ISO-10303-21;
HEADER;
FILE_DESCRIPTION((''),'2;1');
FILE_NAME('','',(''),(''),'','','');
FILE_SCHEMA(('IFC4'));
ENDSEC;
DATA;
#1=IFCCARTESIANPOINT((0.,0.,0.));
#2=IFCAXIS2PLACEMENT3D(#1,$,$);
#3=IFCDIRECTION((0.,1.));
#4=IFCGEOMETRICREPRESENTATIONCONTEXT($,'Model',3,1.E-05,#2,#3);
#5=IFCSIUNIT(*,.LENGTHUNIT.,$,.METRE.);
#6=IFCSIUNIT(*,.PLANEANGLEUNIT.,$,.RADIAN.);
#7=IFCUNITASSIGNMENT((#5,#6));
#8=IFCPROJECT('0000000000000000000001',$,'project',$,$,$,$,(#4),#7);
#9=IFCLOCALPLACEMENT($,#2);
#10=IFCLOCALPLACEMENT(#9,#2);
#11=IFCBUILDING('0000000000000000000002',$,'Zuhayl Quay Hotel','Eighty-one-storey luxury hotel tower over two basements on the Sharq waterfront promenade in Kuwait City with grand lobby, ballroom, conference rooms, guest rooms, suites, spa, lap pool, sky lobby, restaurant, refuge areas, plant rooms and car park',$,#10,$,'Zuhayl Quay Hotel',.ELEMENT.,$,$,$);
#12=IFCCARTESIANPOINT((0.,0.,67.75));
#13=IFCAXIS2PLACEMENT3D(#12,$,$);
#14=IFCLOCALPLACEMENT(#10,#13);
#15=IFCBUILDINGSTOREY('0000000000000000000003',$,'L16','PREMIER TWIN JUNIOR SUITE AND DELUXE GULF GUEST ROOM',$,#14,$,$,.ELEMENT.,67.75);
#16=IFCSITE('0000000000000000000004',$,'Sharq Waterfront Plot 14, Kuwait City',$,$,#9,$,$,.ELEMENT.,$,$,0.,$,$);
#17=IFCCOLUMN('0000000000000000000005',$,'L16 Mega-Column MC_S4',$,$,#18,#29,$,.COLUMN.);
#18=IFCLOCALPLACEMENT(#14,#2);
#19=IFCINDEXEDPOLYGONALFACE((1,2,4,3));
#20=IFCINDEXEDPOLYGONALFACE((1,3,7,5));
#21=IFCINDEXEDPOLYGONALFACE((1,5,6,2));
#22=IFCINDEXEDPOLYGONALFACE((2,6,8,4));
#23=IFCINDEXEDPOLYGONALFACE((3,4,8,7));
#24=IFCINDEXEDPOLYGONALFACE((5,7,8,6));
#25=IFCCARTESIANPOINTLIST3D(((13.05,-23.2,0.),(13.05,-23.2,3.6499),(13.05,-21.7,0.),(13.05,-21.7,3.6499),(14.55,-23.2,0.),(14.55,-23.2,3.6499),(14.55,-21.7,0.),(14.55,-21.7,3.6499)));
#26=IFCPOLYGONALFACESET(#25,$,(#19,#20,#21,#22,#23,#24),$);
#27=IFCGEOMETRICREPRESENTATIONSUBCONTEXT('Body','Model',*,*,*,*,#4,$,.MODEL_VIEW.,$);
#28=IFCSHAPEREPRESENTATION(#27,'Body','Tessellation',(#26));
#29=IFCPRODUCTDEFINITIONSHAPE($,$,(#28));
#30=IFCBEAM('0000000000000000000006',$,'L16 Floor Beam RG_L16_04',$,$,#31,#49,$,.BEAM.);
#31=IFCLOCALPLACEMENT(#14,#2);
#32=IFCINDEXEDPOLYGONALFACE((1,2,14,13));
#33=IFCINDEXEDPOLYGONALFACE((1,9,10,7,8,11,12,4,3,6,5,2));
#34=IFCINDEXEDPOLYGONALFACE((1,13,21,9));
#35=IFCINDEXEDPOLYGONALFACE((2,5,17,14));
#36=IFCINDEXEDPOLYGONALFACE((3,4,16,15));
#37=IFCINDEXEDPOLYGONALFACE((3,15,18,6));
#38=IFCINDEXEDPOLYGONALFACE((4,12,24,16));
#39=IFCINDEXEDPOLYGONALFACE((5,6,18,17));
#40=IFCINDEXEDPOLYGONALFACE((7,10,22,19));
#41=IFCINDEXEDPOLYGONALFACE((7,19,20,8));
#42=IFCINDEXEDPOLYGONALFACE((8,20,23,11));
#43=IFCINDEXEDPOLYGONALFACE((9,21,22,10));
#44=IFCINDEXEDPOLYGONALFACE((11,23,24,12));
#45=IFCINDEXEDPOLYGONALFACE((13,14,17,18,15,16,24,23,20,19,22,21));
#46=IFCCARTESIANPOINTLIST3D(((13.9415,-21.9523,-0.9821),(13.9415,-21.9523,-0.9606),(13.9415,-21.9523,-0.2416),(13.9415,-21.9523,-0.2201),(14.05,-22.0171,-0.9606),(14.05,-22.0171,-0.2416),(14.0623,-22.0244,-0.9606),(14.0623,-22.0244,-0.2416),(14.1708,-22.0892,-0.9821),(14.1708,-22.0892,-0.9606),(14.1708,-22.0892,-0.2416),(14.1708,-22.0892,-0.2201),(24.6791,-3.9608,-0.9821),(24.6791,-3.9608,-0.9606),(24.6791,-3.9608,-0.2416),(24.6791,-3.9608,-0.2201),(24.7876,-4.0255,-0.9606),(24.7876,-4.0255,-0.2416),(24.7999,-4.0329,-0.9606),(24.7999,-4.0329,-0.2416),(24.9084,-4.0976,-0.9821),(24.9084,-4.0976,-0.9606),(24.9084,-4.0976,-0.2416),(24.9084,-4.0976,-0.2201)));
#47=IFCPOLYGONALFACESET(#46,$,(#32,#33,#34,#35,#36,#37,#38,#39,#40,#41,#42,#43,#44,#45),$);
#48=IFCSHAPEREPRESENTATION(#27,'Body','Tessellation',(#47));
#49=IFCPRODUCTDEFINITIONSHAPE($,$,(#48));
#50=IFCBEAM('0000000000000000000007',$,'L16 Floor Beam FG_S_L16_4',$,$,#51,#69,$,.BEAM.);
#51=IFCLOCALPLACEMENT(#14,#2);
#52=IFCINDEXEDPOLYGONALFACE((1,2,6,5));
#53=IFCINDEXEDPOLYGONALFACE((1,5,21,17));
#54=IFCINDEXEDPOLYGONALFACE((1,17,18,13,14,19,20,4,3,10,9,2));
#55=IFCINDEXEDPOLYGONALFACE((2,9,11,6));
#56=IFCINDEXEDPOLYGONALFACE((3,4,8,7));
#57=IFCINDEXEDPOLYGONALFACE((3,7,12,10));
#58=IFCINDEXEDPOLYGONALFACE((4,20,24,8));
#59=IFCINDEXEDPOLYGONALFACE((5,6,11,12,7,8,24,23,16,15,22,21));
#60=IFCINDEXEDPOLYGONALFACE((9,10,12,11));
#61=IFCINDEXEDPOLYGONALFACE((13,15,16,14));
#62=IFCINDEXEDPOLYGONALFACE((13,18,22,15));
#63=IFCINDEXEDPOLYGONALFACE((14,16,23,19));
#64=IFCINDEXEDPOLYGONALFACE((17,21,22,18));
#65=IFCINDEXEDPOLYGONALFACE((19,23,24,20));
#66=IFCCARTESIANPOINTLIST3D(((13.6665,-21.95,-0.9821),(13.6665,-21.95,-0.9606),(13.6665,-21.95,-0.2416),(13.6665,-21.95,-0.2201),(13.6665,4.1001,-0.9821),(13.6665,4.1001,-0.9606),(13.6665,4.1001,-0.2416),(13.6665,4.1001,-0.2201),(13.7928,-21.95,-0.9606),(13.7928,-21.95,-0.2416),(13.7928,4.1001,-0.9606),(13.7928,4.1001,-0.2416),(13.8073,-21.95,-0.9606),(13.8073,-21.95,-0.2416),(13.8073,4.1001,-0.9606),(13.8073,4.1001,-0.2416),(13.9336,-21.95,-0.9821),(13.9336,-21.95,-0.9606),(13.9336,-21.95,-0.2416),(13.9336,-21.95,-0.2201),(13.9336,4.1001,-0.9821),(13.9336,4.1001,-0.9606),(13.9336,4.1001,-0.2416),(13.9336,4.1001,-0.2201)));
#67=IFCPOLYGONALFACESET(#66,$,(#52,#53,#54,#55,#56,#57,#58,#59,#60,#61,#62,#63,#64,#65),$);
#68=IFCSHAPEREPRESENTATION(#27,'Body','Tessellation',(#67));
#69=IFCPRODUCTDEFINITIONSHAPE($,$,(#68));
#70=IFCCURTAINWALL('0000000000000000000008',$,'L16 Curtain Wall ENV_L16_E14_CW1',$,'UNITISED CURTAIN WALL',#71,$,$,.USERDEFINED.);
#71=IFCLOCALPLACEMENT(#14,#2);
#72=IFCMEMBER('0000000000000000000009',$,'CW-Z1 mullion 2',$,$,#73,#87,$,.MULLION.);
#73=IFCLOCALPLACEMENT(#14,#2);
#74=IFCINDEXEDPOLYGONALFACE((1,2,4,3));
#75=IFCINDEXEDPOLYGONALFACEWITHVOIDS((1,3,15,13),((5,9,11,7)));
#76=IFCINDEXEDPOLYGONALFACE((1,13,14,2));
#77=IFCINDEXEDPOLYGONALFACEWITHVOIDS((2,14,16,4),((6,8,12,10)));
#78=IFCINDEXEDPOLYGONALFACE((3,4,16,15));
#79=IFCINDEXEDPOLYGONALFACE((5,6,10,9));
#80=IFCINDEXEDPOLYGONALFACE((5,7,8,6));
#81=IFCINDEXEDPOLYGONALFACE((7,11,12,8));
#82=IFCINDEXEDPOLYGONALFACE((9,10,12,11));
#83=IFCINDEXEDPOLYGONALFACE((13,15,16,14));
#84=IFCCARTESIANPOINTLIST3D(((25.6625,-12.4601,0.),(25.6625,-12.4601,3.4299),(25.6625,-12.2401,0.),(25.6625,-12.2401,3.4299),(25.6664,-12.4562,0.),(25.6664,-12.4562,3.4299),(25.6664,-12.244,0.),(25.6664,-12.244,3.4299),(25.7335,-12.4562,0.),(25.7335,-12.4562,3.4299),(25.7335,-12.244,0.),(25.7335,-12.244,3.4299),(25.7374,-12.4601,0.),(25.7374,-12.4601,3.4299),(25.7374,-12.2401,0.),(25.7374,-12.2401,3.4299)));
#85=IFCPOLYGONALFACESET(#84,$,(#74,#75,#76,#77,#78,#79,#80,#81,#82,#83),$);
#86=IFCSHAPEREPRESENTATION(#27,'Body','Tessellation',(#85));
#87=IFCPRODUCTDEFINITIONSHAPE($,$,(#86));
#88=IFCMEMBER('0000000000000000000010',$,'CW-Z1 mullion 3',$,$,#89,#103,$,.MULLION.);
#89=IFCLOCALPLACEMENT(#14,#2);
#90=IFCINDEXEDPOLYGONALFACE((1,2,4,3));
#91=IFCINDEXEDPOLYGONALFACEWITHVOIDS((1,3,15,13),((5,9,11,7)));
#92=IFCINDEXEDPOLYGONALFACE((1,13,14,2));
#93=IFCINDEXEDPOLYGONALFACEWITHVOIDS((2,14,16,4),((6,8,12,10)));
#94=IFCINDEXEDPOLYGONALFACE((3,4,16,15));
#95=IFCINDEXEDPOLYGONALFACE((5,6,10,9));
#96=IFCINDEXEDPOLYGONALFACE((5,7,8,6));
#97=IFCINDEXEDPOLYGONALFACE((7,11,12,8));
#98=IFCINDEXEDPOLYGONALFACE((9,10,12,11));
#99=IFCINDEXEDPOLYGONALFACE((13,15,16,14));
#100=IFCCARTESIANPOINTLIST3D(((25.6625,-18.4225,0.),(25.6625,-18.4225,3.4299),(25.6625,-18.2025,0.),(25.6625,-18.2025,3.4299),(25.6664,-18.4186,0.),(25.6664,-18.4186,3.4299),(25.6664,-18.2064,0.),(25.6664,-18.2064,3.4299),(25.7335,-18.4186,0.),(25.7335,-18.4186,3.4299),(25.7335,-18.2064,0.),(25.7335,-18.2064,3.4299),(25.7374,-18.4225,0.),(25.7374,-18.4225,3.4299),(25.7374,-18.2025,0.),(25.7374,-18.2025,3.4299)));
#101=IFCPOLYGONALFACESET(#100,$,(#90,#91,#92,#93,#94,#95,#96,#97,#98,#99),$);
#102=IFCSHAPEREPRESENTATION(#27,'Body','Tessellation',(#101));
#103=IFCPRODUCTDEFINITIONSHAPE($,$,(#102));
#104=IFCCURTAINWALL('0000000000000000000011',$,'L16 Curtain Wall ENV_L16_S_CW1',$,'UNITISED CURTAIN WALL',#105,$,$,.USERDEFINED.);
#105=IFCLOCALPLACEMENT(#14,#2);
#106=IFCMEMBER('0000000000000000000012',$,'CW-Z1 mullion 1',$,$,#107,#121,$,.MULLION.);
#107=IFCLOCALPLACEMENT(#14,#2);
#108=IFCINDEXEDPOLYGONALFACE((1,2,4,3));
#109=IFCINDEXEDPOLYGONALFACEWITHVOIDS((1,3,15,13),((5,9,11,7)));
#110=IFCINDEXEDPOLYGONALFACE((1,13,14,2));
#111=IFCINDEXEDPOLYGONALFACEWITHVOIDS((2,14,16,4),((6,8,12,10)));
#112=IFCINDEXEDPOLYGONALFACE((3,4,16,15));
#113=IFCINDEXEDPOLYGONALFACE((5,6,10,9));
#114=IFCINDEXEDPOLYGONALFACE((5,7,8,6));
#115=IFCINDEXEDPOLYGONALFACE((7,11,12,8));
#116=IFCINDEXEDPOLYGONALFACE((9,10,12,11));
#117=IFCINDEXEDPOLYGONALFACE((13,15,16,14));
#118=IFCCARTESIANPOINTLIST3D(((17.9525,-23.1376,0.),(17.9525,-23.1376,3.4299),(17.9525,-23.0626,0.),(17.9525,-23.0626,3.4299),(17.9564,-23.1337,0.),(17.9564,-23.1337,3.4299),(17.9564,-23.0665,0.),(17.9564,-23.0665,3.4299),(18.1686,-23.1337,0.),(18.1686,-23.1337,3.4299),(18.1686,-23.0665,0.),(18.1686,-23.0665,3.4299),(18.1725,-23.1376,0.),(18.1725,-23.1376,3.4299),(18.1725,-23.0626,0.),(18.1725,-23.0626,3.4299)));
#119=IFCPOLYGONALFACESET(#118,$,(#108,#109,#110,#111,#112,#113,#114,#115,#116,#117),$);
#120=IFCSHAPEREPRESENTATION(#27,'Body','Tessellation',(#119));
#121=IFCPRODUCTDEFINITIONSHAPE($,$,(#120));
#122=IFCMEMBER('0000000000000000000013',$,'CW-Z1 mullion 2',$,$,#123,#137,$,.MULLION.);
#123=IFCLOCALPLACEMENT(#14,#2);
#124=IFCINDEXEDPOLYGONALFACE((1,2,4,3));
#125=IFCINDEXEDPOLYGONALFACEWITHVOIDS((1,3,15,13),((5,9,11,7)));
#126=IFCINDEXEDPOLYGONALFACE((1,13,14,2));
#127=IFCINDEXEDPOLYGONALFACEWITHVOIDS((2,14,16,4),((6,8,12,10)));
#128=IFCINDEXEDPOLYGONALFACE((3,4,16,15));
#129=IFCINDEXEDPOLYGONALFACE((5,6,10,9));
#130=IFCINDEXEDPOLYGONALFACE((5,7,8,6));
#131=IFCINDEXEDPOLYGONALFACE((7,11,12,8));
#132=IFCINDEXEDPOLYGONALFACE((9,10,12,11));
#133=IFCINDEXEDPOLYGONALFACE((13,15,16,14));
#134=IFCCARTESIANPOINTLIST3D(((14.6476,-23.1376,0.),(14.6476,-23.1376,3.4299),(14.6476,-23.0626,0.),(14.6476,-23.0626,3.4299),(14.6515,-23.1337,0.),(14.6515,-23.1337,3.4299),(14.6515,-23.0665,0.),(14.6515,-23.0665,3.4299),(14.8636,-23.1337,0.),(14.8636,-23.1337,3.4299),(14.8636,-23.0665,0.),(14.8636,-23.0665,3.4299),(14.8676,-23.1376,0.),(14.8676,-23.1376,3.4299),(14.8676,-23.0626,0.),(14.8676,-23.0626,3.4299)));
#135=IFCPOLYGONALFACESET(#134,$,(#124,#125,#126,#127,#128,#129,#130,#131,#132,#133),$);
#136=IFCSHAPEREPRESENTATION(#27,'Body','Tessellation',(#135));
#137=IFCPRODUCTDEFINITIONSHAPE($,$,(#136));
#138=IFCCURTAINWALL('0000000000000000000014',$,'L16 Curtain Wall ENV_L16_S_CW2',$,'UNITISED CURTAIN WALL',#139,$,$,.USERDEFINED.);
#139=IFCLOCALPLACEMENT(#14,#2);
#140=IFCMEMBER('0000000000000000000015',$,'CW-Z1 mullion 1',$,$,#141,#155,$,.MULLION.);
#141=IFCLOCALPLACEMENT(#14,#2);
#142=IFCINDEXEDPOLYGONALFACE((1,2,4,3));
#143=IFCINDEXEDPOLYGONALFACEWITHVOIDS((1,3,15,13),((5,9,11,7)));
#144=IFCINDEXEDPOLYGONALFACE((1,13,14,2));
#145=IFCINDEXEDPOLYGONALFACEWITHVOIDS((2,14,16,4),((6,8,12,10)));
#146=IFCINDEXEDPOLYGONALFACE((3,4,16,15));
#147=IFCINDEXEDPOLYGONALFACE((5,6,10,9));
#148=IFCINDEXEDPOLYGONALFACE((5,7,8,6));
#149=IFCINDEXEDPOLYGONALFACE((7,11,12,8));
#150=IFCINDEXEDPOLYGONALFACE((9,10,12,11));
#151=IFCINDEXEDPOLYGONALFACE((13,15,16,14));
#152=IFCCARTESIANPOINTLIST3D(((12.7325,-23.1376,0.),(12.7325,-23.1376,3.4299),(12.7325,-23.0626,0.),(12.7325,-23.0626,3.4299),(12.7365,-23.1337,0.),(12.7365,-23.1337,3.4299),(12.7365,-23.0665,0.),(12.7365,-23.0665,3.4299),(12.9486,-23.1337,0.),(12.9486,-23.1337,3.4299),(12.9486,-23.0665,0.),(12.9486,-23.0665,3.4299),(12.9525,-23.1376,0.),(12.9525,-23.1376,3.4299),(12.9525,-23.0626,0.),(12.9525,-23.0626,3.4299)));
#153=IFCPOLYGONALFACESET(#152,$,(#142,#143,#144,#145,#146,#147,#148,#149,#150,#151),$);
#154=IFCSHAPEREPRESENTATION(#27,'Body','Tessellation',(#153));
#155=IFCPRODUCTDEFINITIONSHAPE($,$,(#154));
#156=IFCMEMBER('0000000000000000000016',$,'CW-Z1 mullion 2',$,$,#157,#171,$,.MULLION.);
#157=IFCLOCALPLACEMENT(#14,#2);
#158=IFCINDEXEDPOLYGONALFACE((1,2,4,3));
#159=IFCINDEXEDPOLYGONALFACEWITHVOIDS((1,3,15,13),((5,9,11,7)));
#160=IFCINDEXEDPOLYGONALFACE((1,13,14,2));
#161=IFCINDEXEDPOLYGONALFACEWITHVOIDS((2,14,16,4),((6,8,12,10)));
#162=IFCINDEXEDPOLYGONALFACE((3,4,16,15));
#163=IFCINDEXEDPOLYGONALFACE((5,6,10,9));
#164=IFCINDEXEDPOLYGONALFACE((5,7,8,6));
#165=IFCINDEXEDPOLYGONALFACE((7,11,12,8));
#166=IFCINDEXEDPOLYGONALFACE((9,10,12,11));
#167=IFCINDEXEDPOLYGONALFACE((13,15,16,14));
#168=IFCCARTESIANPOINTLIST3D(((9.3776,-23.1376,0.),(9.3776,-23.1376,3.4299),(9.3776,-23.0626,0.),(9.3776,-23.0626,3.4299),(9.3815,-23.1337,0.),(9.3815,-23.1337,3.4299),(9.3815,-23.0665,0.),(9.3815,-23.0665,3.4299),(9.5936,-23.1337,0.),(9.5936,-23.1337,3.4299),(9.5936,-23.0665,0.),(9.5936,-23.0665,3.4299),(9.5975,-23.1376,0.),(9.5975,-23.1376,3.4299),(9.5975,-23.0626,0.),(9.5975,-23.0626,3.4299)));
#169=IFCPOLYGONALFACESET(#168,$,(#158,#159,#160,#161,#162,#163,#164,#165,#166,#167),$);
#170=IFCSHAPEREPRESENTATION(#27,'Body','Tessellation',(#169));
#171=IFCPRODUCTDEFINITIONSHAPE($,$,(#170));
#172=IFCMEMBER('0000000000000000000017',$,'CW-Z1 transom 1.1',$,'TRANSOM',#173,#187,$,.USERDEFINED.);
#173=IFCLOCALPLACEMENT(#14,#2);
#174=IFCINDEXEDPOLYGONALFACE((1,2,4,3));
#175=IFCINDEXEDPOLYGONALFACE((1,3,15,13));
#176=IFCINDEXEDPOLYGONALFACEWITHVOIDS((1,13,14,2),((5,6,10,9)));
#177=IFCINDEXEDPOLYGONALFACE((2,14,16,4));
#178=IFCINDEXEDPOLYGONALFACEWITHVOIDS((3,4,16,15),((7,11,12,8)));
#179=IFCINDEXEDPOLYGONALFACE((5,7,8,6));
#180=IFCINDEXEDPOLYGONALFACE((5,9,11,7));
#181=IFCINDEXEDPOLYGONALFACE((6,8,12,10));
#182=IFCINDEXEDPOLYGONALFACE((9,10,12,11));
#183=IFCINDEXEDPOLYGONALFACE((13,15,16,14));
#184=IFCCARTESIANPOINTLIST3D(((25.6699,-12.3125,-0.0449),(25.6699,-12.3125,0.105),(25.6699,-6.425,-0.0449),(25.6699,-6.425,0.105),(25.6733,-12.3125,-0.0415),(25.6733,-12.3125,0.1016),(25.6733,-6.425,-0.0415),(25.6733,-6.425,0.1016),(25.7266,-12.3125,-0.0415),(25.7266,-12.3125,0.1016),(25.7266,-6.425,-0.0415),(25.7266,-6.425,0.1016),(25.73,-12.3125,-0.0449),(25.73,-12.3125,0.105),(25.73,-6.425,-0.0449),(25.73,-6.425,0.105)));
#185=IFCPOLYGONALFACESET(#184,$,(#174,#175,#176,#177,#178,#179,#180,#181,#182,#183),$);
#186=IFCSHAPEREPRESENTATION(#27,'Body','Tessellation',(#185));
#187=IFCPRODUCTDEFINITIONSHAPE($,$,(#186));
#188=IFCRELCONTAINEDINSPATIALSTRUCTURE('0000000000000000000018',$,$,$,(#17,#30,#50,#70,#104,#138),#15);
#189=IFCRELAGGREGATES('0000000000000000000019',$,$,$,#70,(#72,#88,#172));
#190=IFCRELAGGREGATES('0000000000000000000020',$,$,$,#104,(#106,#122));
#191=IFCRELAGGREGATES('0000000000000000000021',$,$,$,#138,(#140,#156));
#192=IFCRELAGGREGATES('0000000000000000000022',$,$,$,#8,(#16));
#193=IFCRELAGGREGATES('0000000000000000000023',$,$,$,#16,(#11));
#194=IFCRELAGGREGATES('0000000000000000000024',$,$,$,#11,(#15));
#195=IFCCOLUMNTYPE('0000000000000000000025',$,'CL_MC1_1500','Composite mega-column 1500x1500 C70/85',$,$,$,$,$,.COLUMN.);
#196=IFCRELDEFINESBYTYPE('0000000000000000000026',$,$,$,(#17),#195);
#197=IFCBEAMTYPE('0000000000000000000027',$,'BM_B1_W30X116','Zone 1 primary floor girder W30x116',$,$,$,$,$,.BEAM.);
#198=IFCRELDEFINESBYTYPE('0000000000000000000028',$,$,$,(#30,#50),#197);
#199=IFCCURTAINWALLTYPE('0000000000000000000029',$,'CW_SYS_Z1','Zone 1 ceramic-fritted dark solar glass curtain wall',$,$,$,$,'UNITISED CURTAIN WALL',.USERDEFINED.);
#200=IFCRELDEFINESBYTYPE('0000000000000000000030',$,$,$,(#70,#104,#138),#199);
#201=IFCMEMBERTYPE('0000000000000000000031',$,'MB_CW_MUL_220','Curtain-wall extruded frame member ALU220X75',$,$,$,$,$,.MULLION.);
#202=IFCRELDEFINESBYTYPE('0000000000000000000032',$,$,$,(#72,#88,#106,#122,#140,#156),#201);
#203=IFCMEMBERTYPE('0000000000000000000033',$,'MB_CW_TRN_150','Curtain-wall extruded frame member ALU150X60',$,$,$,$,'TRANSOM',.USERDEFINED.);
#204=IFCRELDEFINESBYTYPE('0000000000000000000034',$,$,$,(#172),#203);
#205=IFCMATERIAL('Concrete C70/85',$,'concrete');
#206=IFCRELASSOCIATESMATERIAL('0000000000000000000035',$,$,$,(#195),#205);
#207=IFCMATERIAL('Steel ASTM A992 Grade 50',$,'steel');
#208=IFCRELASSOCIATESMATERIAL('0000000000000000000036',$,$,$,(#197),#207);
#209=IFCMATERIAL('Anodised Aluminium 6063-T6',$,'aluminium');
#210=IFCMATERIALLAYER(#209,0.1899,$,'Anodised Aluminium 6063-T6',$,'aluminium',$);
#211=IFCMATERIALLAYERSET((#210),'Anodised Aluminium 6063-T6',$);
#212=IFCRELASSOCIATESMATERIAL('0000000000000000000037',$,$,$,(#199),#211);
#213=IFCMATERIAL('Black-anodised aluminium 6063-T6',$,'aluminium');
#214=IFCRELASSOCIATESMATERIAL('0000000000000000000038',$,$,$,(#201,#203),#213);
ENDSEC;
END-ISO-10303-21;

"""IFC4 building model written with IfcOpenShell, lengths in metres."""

from ifc_helpers import new_model, si_unit, direction, frame, origin, origin_2d, place, context, subcontext, project, spatial, rectangle, hollow_rectangle, i_section, extrude, material, layer, layer_set, material_profile, profile_set, type_object, element, aggregate, save


model = new_model("IFC4")

# Units and contexts
model_context = context("Model", 3, precision=1e-05, world=origin(), true_north=direction((0.0, 1.0)))
body_context = subcontext(model_context, "Body", "Model", "MODEL_VIEW")
ifc_project = project(units=[si_unit("LENGTHUNIT", "METRE"), si_unit("PLANEANGLEUNIT", "RADIAN")], contexts=[model_context])

# Site, building, storey
site_placement = place(None, origin())
site = spatial("IfcSite", under=ifc_project, at=site_placement, Name="Sharq Waterfront Plot 14, Kuwait City", CompositionType="ELEMENT", RefElevation=0.0)
building_placement = place(site_placement, origin())
building = spatial("IfcBuilding", under=site, at=building_placement, Name="Zuhayl Quay Hotel", Description="Eighty-one-storey luxury hotel tower over two basements on the Sharq waterfront promenade in Kuwait City with grand lobby, ballroom, conference rooms, guest rooms, suites, spa, lap pool, sky lobby, restaurant, refuge areas, plant rooms and car park", LongName="Zuhayl Quay Hotel", CompositionType="ELEMENT")
storey_placement = place(building_placement, frame((0.0, 0.0, 67.75)))
storey = spatial("IfcBuildingStorey", under=building, at=storey_placement, Name="L16", Description="PREMIER TWIN JUNIOR SUITE AND DELUXE GULF GUEST ROOM", CompositionType="ELEMENT", Elevation=67.75)

# Column
ifc_material_1 = material(Name="Concrete C70/85", Category="concrete")
ifc_material_profile_1 = material_profile(ifc_material_1, rectangle(XDim=1.5, YDim=1.5, at=origin_2d()), Name="RC1500X1500")
ifc_profile_set_1 = profile_set([ifc_material_profile_1], Name="Concrete C70/85")
column_type = type_object("IfcColumnType", Name="CL_MC1_1500", Description="Composite mega-column 1500x1500 C70/85", PredefinedType="COLUMN", material=ifc_profile_set_1)
column_placement = place(storey_placement, frame((13.8, -22.45, 0.0), z_axis=(0.0, 0.0, 1.0), x_axis=(1.0, 0.0, 0.0)))
element("IfcColumn", 1, at=column_placement, inside=storey, type_object=column_type, Name="L16 Mega-Column MC_S4", PredefinedType="COLUMN", context=body_context, shape_type="SweptSolid", body=[
    extrude(rectangle(XDim=1.5, YDim=1.5, at=origin_2d()), origin(), (0.0, 0.0, 1.0), 3.6499),
])

# Beams
ifc_material_2 = material(Name="Steel ASTM A992 Grade 50", Category="steel")
ifc_material_profile_2 = material_profile(ifc_material_2, i_section(OverallWidth=0.2671, OverallDepth=0.762, WebThickness=0.0144, FlangeThickness=0.0215, at=origin_2d()), Name="W30X116")
ifc_profile_set_2 = profile_set([ifc_material_profile_2], Name="Steel ASTM A992 Grade 50")
beam_type = type_object("IfcBeamType", Name="BM_B1_W30X116", Description="Zone 1 primary floor girder W30x116", PredefinedType="BEAM", material=ifc_profile_set_2)
beam_1_placement = place(storey_placement, frame((14.0562, -22.0208, -0.6011), z_axis=(0.512483, 0.858698, 0.0), x_axis=(-0.858698, 0.512483, 0.0)))
element("IfcBeam", 2, at=beam_1_placement, inside=storey, type_object=beam_type, Name="L16 Floor Beam RG_L16_04", PredefinedType="BEAM", context=body_context, shape_type="SweptSolid", body=[
    extrude(i_section(OverallWidth=0.2671, OverallDepth=0.762, WebThickness=0.0144, FlangeThickness=0.0215, at=origin_2d()), origin(), (0.0, 0.0, 1.0), 20.9521),
])
beam_2_placement = place(storey_placement, frame((13.8, -21.95, -0.6011), z_axis=(0.0, 1.0, 0.0), x_axis=(-1.0, 0.0, 0.0)))
element("IfcBeam", 3, at=beam_2_placement, inside=storey, type_object=beam_type, Name="L16 Floor Beam FG_S_L16_4", PredefinedType="BEAM", context=body_context, shape_type="SweptSolid", body=[
    extrude(i_section(OverallWidth=0.2671, OverallDepth=0.762, WebThickness=0.0144, FlangeThickness=0.0215, at=origin_2d()), origin(), (0.0, 0.0, 1.0), 26.05),
])

# Curtain walls, members
ifc_material_3 = material(Name="Anodised Aluminium 6063-T6", Category="aluminium")
ifc_layer_1 = layer(ifc_material_3, 0.1899, Name="Anodised Aluminium 6063-T6", Category="aluminium")
ifc_layer_set_1 = layer_set([ifc_layer_1], Name="Anodised Aluminium 6063-T6")
curtain_wall_type = type_object("IfcCurtainWallType", Name="CW_SYS_Z1", Description="Zone 1 ceramic-fritted dark solar glass curtain wall", ElementType="UNITISED CURTAIN WALL", PredefinedType="USERDEFINED", material=ifc_layer_set_1)
curtain_wall_1_placement = place(storey_placement, origin())
curtain_wall_1 = element("IfcCurtainWall", 4, at=curtain_wall_1_placement, inside=storey, type_object=curtain_wall_type, Name="L16 Curtain Wall ENV_L16_E14_CW1", ObjectType="UNITISED CURTAIN WALL", PredefinedType="USERDEFINED")
ifc_material_4 = material(Name="Black-anodised aluminium 6063-T6", Category="aluminium")
ifc_material_profile_3 = material_profile(ifc_material_4, hollow_rectangle(XDim=0.075, YDim=0.22, WallThickness=0.0039, at=origin_2d()), Name="ALU220X75")
ifc_profile_set_3 = profile_set([ifc_material_profile_3], Name="Black-anodised aluminium 6063-T6")
member_type_1 = type_object("IfcMemberType", Name="MB_CW_MUL_220", Description="Curtain-wall extruded frame member ALU220X75", PredefinedType="MULLION", material=ifc_profile_set_3)
member_1_placement = place(storey_placement, frame((25.7, -12.3501, 0.0), z_axis=(0.0, 0.0, 1.0), x_axis=(1.0, 0.0, 0.0)))
member_1 = element("IfcMember", 5, at=member_1_placement, type_object=member_type_1, Name="CW-Z1 mullion 2", PredefinedType="MULLION", context=body_context, shape_type="SweptSolid", body=[
    extrude(hollow_rectangle(XDim=0.075, YDim=0.22, WallThickness=0.0039, at=origin_2d()), origin(), (0.0, 0.0, 1.0), 3.4299),
])
member_2_placement = place(storey_placement, frame((25.7, -18.3125, 0.0), z_axis=(0.0, 0.0, 1.0), x_axis=(1.0, 0.0, 0.0)))
member_2 = element("IfcMember", 6, at=member_2_placement, type_object=member_type_1, Name="CW-Z1 mullion 3", PredefinedType="MULLION", context=body_context, shape_type="SweptSolid", body=[
    extrude(hollow_rectangle(XDim=0.075, YDim=0.22, WallThickness=0.0039, at=origin_2d()), origin(), (0.0, 0.0, 1.0), 3.4299),
])
curtain_wall_2_placement = place(storey_placement, origin())
curtain_wall_2 = element("IfcCurtainWall", 7, at=curtain_wall_2_placement, inside=storey, type_object=curtain_wall_type, Name="L16 Curtain Wall ENV_L16_S_CW1", ObjectType="UNITISED CURTAIN WALL", PredefinedType="USERDEFINED")
member_3_placement = place(storey_placement, frame((18.0625, -23.1001, 0.0), z_axis=(0.0, 0.0, 1.0), x_axis=(0.0, -1.0, 0.0)))
member_3 = element("IfcMember", 8, at=member_3_placement, type_object=member_type_1, Name="CW-Z1 mullion 1", PredefinedType="MULLION", context=body_context, shape_type="SweptSolid", body=[
    extrude(hollow_rectangle(XDim=0.075, YDim=0.22, WallThickness=0.0039, at=origin_2d()), origin(), (0.0, 0.0, 1.0), 3.4299),
])
member_4_placement = place(storey_placement, frame((14.7576, -23.1001, 0.0), z_axis=(0.0, 0.0, 1.0), x_axis=(0.0, -1.0, 0.0)))
member_4 = element("IfcMember", 9, at=member_4_placement, type_object=member_type_1, Name="CW-Z1 mullion 2", PredefinedType="MULLION", context=body_context, shape_type="SweptSolid", body=[
    extrude(hollow_rectangle(XDim=0.075, YDim=0.22, WallThickness=0.0039, at=origin_2d()), origin(), (0.0, 0.0, 1.0), 3.4299),
])
curtain_wall_3_placement = place(storey_placement, origin())
curtain_wall_3 = element("IfcCurtainWall", 10, at=curtain_wall_3_placement, inside=storey, type_object=curtain_wall_type, Name="L16 Curtain Wall ENV_L16_S_CW2", ObjectType="UNITISED CURTAIN WALL", PredefinedType="USERDEFINED")
member_5_placement = place(storey_placement, frame((12.8425, -23.1001, 0.0), z_axis=(0.0, 0.0, 1.0), x_axis=(0.0, -1.0, 0.0)))
member_5 = element("IfcMember", 11, at=member_5_placement, type_object=member_type_1, Name="CW-Z1 mullion 1", PredefinedType="MULLION", context=body_context, shape_type="SweptSolid", body=[
    extrude(hollow_rectangle(XDim=0.075, YDim=0.22, WallThickness=0.0039, at=origin_2d()), origin(), (0.0, 0.0, 1.0), 3.4299),
])
member_6_placement = place(storey_placement, frame((9.4875, -23.1001, 0.0), z_axis=(0.0, 0.0, 1.0), x_axis=(0.0, -1.0, 0.0)))
member_6 = element("IfcMember", 12, at=member_6_placement, type_object=member_type_1, Name="CW-Z1 mullion 2", PredefinedType="MULLION", context=body_context, shape_type="SweptSolid", body=[
    extrude(hollow_rectangle(XDim=0.075, YDim=0.22, WallThickness=0.0039, at=origin_2d()), origin(), (0.0, 0.0, 1.0), 3.4299),
])

# Member
ifc_material_profile_4 = material_profile(ifc_material_4, hollow_rectangle(XDim=0.0601, YDim=0.1499, WallThickness=0.0034, at=origin_2d()), Name="ALU150X60")
ifc_profile_set_4 = profile_set([ifc_material_profile_4], Name="Black-anodised aluminium 6063-T6")
member_type_2 = type_object("IfcMemberType", Name="MB_CW_TRN_150", Description="Curtain-wall extruded frame member ALU150X60", ElementType="TRANSOM", PredefinedType="USERDEFINED", material=ifc_profile_set_4)
member_7_placement = place(storey_placement, frame((25.7, -6.425, 0.03), z_axis=(0.0, -1.0, 0.0), x_axis=(1.0, 0.0, 0.0)))
member_7 = element("IfcMember", 13, at=member_7_placement, type_object=member_type_2, Name="CW-Z1 transom 1.1", ObjectType="TRANSOM", PredefinedType="USERDEFINED", context=body_context, shape_type="SweptSolid", body=[
    extrude(hollow_rectangle(XDim=0.0601, YDim=0.1499, WallThickness=0.0034, at=origin_2d()), origin(), (0.0, 0.0, 1.0), 5.8875),
])

aggregate(curtain_wall_1, [member_1, member_2, member_7])
aggregate(curtain_wall_2, [member_3, member_4])
aggregate(curtain_wall_3, [member_5, member_6])

save(model, "model.ifc")
